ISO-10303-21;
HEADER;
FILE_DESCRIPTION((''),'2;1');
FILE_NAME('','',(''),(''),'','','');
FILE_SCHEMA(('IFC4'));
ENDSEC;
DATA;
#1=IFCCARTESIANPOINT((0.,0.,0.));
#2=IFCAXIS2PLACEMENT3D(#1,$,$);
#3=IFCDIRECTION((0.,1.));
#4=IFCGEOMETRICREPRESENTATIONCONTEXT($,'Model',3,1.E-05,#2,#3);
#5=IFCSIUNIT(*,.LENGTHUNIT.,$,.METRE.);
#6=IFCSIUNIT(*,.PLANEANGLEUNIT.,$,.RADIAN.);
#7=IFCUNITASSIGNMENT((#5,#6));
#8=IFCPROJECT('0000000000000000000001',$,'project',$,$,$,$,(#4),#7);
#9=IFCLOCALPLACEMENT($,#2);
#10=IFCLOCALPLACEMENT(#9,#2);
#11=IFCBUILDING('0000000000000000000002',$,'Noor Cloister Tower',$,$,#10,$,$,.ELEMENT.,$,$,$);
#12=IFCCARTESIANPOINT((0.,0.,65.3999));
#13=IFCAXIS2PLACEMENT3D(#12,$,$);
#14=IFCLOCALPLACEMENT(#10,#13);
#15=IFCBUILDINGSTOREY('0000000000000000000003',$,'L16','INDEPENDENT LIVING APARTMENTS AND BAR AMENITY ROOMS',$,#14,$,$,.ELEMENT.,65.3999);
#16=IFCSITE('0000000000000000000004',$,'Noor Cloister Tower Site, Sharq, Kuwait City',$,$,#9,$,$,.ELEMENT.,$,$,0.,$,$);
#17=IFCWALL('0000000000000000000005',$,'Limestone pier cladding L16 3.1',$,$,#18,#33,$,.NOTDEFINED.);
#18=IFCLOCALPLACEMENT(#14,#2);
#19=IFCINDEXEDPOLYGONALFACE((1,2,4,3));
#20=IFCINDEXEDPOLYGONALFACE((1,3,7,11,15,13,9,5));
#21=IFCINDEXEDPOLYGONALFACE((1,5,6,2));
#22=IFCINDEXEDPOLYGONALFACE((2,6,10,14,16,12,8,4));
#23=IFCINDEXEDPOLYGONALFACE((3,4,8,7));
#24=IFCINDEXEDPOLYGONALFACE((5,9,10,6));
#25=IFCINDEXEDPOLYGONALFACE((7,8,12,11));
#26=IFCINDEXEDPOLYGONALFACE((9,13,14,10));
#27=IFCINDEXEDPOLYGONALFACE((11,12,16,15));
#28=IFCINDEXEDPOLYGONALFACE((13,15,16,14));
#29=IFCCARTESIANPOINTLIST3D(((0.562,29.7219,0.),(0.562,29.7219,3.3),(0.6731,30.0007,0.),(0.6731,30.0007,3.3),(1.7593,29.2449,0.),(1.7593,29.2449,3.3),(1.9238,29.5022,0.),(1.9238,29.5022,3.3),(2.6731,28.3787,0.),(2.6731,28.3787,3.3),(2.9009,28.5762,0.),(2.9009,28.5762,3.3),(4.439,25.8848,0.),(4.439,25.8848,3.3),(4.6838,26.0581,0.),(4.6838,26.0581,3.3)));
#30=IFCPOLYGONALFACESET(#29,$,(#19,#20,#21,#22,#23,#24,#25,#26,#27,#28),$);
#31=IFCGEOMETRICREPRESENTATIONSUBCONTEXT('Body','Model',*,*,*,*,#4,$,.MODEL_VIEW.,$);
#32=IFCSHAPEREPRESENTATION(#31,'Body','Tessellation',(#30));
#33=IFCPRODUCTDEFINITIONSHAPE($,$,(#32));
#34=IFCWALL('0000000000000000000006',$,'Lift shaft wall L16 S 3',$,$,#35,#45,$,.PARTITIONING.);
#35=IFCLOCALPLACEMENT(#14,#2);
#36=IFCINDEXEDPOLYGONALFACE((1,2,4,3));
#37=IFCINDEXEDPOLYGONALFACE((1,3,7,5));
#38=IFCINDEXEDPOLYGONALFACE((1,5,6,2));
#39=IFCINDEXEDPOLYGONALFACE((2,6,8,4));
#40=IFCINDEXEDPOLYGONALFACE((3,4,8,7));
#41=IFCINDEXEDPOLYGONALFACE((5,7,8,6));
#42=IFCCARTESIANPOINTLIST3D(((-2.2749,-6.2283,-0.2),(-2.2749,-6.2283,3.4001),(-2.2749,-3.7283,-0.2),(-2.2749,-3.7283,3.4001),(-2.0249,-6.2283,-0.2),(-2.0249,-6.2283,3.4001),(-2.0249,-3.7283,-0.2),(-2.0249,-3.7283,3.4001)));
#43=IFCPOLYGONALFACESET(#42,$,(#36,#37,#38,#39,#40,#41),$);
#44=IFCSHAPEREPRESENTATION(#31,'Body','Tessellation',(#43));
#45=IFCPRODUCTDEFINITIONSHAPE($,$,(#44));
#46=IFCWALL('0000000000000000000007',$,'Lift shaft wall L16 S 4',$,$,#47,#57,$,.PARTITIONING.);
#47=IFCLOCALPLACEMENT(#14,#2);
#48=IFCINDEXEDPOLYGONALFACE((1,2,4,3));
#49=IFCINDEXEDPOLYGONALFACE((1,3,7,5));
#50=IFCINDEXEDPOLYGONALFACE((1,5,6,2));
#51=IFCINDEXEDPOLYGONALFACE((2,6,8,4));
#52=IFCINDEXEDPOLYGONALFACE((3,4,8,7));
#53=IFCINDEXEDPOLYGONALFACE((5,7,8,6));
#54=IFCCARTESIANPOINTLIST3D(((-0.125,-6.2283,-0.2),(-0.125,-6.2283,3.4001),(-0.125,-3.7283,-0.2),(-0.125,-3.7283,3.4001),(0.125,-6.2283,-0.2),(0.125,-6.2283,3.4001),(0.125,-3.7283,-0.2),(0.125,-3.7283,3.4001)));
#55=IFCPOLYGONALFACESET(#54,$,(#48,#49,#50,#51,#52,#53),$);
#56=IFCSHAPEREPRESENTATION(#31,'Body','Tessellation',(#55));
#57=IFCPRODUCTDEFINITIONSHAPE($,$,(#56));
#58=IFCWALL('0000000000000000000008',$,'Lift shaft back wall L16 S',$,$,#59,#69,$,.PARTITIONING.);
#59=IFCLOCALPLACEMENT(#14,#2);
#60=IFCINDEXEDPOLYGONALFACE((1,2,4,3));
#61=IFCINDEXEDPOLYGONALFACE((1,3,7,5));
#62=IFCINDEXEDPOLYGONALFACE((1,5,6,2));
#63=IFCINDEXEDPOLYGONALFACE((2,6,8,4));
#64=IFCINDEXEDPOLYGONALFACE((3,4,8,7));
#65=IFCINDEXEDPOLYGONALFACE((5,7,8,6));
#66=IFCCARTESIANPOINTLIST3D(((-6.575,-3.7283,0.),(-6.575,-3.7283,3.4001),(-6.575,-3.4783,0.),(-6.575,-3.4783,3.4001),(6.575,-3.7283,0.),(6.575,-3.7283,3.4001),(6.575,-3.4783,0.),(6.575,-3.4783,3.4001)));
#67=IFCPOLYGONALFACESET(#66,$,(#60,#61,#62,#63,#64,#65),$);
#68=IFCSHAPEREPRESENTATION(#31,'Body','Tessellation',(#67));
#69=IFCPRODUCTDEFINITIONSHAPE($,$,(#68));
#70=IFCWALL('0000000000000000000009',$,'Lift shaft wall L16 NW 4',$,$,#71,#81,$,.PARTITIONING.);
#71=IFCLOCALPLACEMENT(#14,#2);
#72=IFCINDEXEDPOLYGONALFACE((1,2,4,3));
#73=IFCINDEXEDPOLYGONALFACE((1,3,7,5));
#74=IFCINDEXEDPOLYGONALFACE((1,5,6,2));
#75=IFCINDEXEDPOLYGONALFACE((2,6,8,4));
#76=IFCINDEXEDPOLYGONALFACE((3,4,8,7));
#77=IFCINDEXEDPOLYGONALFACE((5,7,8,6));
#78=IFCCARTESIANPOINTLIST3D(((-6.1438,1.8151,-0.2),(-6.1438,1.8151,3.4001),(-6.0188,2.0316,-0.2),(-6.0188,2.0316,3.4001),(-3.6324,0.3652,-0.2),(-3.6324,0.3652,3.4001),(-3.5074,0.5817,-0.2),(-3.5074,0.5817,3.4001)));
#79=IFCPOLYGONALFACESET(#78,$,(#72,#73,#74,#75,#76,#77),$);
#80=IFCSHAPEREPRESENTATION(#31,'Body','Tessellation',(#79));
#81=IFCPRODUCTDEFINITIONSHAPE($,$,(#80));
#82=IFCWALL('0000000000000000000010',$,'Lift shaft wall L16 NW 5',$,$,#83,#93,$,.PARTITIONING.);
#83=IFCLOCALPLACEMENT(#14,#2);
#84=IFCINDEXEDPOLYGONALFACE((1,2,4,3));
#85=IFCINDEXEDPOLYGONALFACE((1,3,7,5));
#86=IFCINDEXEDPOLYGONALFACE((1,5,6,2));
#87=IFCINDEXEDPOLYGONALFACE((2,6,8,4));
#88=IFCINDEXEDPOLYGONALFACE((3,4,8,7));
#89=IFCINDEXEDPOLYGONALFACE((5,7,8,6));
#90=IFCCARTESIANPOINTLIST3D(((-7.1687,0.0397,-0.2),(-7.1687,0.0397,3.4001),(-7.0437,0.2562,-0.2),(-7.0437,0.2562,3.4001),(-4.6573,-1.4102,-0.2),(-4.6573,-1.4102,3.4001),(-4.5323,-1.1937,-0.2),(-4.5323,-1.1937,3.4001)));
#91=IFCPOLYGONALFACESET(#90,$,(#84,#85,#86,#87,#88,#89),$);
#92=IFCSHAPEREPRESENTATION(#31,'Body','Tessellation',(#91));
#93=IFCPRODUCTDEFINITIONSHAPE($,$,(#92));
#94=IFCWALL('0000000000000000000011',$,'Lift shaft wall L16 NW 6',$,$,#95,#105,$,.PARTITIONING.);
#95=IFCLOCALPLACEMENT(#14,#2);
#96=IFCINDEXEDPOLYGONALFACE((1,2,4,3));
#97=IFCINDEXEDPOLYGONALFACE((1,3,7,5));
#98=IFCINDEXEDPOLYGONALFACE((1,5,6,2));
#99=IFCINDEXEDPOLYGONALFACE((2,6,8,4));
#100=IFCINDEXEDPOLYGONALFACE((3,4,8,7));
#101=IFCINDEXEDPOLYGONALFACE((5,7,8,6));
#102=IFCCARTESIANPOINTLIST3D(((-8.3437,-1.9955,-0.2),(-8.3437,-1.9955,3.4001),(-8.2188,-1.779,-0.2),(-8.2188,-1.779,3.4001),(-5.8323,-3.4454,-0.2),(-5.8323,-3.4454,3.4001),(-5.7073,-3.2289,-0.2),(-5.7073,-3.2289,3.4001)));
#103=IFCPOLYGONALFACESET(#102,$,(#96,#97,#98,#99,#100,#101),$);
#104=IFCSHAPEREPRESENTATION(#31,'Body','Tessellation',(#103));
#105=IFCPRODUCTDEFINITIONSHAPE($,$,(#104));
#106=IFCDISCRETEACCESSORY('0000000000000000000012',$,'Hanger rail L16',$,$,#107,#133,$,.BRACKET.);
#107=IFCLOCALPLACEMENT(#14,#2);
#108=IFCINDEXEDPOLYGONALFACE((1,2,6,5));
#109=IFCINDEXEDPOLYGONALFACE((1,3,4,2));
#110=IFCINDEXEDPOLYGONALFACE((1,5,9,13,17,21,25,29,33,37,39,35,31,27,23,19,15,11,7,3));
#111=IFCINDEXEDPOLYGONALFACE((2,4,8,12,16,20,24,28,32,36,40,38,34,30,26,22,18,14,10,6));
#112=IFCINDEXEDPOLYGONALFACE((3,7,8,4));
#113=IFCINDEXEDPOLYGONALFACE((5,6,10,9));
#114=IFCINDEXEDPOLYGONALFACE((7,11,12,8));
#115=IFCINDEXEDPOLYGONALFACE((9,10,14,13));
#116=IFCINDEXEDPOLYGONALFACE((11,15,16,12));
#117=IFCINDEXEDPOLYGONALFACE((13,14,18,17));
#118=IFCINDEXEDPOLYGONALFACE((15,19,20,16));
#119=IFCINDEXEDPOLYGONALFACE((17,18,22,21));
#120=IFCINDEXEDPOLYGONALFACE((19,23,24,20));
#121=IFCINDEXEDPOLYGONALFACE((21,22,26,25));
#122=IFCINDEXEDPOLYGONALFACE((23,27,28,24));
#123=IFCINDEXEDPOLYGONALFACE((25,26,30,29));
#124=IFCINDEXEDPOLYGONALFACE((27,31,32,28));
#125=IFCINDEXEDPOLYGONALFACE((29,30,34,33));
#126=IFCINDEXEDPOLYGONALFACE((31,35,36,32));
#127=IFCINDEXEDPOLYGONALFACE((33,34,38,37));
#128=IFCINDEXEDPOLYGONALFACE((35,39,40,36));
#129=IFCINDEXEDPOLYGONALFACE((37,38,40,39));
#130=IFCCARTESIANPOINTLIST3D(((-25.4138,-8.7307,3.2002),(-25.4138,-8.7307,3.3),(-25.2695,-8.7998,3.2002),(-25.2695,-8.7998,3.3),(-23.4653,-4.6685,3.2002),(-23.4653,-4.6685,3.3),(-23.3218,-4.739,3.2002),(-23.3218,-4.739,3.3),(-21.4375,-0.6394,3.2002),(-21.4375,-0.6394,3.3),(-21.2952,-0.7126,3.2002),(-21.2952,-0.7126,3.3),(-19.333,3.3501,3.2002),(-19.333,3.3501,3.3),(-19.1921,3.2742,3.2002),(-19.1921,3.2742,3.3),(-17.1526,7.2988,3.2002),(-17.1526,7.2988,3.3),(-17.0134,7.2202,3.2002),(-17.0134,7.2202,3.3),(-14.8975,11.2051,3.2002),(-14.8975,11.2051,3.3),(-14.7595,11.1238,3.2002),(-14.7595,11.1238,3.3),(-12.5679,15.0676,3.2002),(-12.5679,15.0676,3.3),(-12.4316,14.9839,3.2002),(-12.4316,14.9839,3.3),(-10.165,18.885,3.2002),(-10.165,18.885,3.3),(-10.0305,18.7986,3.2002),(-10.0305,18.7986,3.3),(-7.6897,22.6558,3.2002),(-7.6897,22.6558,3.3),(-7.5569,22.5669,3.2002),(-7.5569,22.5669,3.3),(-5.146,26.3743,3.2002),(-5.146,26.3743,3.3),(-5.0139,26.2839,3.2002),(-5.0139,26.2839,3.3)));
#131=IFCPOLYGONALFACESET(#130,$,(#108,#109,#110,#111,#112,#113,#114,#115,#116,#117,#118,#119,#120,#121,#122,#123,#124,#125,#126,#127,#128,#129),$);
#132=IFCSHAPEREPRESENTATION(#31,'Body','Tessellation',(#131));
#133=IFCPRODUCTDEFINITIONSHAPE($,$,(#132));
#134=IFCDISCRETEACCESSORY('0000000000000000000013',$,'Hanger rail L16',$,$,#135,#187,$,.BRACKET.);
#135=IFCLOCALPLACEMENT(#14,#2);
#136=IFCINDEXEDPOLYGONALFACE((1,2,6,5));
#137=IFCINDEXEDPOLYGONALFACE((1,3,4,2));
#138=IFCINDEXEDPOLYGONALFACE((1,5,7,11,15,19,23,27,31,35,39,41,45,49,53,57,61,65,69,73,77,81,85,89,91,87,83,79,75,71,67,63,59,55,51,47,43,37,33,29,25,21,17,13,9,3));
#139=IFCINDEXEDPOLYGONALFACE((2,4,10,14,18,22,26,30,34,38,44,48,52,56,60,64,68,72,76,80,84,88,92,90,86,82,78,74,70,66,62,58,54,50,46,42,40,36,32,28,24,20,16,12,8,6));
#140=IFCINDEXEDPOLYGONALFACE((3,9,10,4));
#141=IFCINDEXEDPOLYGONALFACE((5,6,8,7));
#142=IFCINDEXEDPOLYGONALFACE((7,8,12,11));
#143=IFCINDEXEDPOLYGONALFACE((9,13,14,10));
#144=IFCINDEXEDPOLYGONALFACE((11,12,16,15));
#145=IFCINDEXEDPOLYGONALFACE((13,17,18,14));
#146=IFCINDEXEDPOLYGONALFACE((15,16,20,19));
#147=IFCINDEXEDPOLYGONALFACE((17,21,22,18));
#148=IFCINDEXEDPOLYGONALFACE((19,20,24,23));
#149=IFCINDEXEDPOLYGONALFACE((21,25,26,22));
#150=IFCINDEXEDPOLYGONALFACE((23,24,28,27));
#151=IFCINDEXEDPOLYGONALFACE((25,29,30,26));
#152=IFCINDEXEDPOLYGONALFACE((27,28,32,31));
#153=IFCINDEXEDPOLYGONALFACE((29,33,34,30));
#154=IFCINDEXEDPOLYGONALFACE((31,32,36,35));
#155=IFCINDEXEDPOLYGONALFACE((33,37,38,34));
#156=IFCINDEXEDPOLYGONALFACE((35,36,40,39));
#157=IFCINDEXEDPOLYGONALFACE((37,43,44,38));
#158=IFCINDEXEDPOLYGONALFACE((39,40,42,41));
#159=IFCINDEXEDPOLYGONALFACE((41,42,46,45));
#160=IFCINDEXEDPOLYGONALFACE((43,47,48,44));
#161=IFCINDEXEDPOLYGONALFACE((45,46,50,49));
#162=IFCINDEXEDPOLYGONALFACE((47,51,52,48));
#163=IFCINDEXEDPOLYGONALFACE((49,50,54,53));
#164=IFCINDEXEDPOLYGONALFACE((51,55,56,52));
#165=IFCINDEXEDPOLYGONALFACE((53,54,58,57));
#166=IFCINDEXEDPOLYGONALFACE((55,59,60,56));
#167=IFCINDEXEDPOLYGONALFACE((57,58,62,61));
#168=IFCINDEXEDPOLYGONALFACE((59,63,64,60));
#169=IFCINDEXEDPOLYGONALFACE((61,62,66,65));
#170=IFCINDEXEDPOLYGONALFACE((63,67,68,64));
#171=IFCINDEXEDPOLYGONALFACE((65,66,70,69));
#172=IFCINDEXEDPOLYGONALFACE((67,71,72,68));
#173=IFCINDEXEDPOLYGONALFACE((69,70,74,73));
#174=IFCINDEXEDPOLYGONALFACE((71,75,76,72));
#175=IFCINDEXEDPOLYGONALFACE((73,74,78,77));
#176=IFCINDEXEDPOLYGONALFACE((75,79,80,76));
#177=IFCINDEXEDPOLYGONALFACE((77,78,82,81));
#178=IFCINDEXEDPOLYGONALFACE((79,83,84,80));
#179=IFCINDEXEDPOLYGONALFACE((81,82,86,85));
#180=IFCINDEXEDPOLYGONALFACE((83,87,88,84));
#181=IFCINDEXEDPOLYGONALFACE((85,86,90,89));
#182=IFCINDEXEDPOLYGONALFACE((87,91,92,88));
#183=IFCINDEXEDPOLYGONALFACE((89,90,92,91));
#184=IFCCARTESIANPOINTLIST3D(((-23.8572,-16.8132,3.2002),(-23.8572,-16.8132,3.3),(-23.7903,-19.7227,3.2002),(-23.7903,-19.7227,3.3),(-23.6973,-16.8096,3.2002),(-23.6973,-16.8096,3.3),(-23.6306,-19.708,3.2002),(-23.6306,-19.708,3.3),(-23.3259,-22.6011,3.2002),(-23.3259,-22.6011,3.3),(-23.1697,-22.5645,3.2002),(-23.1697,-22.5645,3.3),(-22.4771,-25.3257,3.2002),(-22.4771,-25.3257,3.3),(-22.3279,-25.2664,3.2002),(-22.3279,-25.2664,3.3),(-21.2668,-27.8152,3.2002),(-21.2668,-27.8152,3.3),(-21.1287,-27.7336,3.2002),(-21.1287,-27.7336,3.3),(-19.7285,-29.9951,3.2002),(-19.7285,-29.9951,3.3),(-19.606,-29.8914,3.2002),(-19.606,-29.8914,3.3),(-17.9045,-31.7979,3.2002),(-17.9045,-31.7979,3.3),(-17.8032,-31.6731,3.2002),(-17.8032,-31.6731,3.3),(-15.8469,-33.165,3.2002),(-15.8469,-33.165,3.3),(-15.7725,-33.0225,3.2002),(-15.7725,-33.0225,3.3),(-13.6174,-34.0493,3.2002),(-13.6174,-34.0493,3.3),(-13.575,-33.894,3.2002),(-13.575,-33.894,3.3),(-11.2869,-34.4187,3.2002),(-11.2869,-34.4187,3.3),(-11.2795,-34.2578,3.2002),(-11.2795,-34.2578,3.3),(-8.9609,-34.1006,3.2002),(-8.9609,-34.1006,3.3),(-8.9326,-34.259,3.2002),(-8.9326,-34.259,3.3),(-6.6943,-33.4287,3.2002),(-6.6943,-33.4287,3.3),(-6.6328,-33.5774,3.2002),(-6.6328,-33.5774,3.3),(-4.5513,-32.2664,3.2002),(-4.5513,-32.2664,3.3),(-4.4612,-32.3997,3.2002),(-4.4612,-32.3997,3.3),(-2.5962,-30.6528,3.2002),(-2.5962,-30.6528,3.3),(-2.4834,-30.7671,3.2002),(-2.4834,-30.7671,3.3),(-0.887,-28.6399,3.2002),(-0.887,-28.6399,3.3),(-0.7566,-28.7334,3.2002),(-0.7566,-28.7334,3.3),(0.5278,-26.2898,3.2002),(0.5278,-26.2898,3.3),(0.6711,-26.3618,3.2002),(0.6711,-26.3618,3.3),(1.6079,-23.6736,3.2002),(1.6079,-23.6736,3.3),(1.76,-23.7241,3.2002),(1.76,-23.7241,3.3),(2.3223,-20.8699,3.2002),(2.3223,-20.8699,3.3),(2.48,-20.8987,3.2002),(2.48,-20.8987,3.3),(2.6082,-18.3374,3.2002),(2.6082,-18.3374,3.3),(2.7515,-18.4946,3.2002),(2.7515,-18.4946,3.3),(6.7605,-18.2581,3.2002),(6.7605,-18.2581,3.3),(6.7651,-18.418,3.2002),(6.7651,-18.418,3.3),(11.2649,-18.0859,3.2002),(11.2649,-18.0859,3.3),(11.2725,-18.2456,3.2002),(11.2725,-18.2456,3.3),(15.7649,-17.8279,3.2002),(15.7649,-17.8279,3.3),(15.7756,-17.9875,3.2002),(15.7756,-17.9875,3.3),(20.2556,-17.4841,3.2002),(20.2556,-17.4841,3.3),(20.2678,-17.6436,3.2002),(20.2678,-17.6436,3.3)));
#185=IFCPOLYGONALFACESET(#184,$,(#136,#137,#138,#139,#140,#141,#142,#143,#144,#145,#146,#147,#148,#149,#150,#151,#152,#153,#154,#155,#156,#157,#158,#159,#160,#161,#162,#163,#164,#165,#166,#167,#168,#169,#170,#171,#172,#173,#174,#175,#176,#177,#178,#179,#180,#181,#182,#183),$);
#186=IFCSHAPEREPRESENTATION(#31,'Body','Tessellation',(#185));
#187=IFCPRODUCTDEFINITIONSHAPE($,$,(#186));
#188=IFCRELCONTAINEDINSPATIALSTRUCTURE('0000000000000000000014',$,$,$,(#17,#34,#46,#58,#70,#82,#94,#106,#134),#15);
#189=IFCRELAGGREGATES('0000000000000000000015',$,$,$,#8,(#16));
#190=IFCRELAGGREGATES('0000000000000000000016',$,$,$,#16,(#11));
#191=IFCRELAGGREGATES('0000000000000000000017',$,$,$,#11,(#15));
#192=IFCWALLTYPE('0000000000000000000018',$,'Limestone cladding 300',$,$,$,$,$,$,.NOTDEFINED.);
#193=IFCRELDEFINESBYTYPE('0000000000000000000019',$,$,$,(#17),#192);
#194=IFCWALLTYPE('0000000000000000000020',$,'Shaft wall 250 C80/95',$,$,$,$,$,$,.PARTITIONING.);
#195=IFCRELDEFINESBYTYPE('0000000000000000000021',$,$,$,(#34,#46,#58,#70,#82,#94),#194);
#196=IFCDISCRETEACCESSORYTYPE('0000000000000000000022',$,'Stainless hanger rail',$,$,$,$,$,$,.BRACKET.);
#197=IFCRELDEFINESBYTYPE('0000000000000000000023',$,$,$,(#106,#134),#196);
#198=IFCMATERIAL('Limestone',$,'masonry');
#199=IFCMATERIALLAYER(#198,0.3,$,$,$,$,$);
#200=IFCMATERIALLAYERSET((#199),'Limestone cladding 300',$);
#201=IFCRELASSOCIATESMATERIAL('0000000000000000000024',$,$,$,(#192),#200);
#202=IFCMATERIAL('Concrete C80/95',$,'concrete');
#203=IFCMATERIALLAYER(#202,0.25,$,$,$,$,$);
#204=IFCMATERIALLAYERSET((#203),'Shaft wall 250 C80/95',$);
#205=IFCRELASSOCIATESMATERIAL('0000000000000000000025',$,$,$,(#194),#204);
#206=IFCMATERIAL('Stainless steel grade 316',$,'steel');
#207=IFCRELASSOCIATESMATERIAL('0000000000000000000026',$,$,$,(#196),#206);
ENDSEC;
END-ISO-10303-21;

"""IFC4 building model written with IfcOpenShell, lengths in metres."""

from ifc_helpers import new_model, si_unit, direction, frame, frame_2d, origin, place, context, subcontext, project, spatial, polyline, rectangle, outline, extrude, material, layer, layer_set, type_object, element, save


model = new_model("IFC4")

# Units and contexts
model_context = context("Model", 3, precision=1e-05, world=origin(), true_north=direction((0.0, 1.0)))
body_context = subcontext(model_context, "Body", "Model", "MODEL_VIEW")
ifc_project = project(units=[si_unit("LENGTHUNIT", "METRE"), si_unit("PLANEANGLEUNIT", "RADIAN")], contexts=[model_context])

# Site, building, storey
site_placement = place(None, origin())
site = spatial("IfcSite", under=ifc_project, at=site_placement, Name="Noor Cloister Tower Site, Sharq, Kuwait City", CompositionType="ELEMENT", RefElevation=0.0)
building_placement = place(site_placement, origin())
building = spatial("IfcBuilding", under=site, at=building_placement, Name="Noor Cloister Tower", CompositionType="ELEMENT")
storey_placement = place(building_placement, frame((0.0, 0.0, 65.3999)))
storey = spatial("IfcBuildingStorey", under=building, at=storey_placement, Name="L16", Description="INDEPENDENT LIVING APARTMENTS AND BAR AMENITY ROOMS", CompositionType="ELEMENT", Elevation=65.3999)

# Walls
ifc_material_1 = material(Name="Limestone", Category="masonry")
ifc_layer_1 = layer(ifc_material_1, 0.3)
ifc_layer_set_1 = layer_set([ifc_layer_1], Name="Limestone cladding 300")
wall_type_1 = type_object("IfcWallType", Name="Limestone cladding 300", PredefinedType="NOTDEFINED", material=ifc_layer_set_1)
wall_1_placement = place(storey_placement, origin())
element("IfcWall", 1, at=wall_1_placement, inside=storey, type_object=wall_type_1, Name="Limestone pier cladding L16 3.1", PredefinedType="NOTDEFINED", context=body_context, shape_type="SweptSolid", body=[
    extrude(outline(polyline([(4.6838, 26.0581), (2.9009, 28.5762), (1.9238, 29.5022), (0.6731, 30.0007), (0.562, 29.7219), (1.7593, 29.2449), (2.6731, 28.3787), (4.439, 25.8848), (4.6838, 26.0581)])), origin(), (0.0, 0.0, 1.0), 3.3),
])
ifc_material_2 = material(Name="Concrete C80/95", Category="concrete")
ifc_layer_2 = layer(ifc_material_2, 0.25)
ifc_layer_set_2 = layer_set([ifc_layer_2], Name="Shaft wall 250 C80/95")
wall_type_2 = type_object("IfcWallType", Name="Shaft wall 250 C80/95", PredefinedType="PARTITIONING", material=ifc_layer_set_2)
for number, where, z_axis, x_axis, name in (
    (2, (-2.1499, -6.2283, -0.2), (0.0, 0.0, 1.0), (0.0, 1.0, 0.0), "Lift shaft wall L16 S 3"),
    (3, (0.0, -6.2283, -0.2), (0.0, 0.0, 1.0), (0.0, 1.0, 0.0), "Lift shaft wall L16 S 4"),
):
    element("IfcWall", number, at=place(storey_placement, frame(where, z_axis=z_axis, x_axis=x_axis)), inside=storey, type_object=wall_type_2, Name=name, PredefinedType="PARTITIONING", context=body_context, shape_type="SweptSolid", body=[
        extrude(rectangle(XDim=2.5, YDim=0.25, at=frame_2d((1.25, 0.0))), origin(), (0.0, 0.0, 1.0), 3.6001),
    ])
wall_2_placement = place(storey_placement, frame((-6.575, -3.6033, 0.0), z_axis=(0.0, 0.0, 1.0), x_axis=(1.0, 0.0, 0.0)))
element("IfcWall", 4, at=wall_2_placement, inside=storey, type_object=wall_type_2, Name="Lift shaft back wall L16 S", PredefinedType="PARTITIONING", context=body_context, shape_type="SweptSolid", body=[
    extrude(rectangle(XDim=13.1499, YDim=0.25, at=frame_2d((6.575, 0.0))), origin(), (0.0, 0.0, 1.0), 3.4001),
])
for number, where, z_axis, x_axis, name in (
    (5, (-6.0813, 1.9233, -0.2), (0.0, 0.0, 1.0), (0.866033, -0.499987, 0.0), "Lift shaft wall L16 NW 4"),
    (6, (-7.1062, 0.1479, -0.2), (0.0, 0.0, 1.0), (0.866033, -0.499987, 0.0), "Lift shaft wall L16 NW 5"),
    (7, (-8.2812, -1.8872, -0.2), (0.0, 0.0, 1.0), (0.866033, -0.499987, 0.0), "Lift shaft wall L16 NW 6"),
):
    element("IfcWall", number, at=place(storey_placement, frame(where, z_axis=z_axis, x_axis=x_axis)), inside=storey, type_object=wall_type_2, Name=name, PredefinedType="PARTITIONING", context=body_context, shape_type="SweptSolid", body=[
        extrude(rectangle(XDim=2.8999, YDim=0.25, at=frame_2d((1.45, 0.0))), origin(), (0.0, 0.0, 1.0), 3.6001),
    ])

# Discrete accessories
ifc_material_3 = material(Name="Stainless steel grade 316", Category="steel")
discrete_accessory_type = type_object("IfcDiscreteAccessoryType", Name="Stainless hanger rail", PredefinedType="BRACKET", material=ifc_material_3)
discrete_accessory_1_placement = place(storey_placement, frame((0.0, 0.0, 3.2002)))
element("IfcDiscreteAccessory", 8, at=discrete_accessory_1_placement, inside=storey, type_object=discrete_accessory_type, Name="Hanger rail L16", PredefinedType="BRACKET", context=body_context, shape_type="SweptSolid", body=[
    extrude(outline(polyline([(-5.146, 26.3743), (-7.6897, 22.6558), (-10.165, 18.885), (-12.5679, 15.0676), (-14.8975, 11.2051), (-17.1526, 7.2988), (-19.333, 3.3501), (-21.4375, -0.6394), (-23.4653, -4.6685), (-25.4138, -8.7307), (-25.2695, -8.7998), (-23.3218, -4.739), (-21.2952, -0.7126), (-19.1921, 3.2742), (-17.0134, 7.2202), (-14.7595, 11.1238), (-12.4316, 14.9839), (-10.0305, 18.7986), (-7.5569, 22.5669), (-5.0139, 26.2839), (-5.146, 26.3743)])), origin(), (0.0, 0.0, 1.0), 0.0999),
])
discrete_accessory_2_placement = place(storey_placement, frame((0.0, 0.0, 3.2002)))
element("IfcDiscreteAccessory", 9, at=discrete_accessory_2_placement, inside=storey, type_object=discrete_accessory_type, Name="Hanger rail L16", PredefinedType="BRACKET", context=body_context, shape_type="SweptSolid", body=[
    extrude(outline(polyline([(-23.8572, -16.8132), (-23.7903, -19.7227), (-23.3259, -22.6011), (-22.4771, -25.3257), (-21.2668, -27.8152), (-19.7285, -29.9951), (-17.9045, -31.7979), (-15.8469, -33.165), (-13.6174, -34.0493), (-11.2869, -34.4187), (-8.9326, -34.259), (-6.6328, -33.5774), (-4.4612, -32.3997), (-2.4834, -30.7671), (-0.7566, -28.7334), (0.6711, -26.3618), (1.76, -23.7241), (2.48, -20.8987), (2.7515, -18.4946), (6.7651, -18.418), (11.2725, -18.2456), (15.7756, -17.9875), (20.2678, -17.6436), (20.2556, -17.4841), (15.7649, -17.8279), (11.2649, -18.0859), (6.7605, -18.2581), (2.6082, -18.3374), (2.3223, -20.8699), (1.6079, -23.6736), (0.5278, -26.2898), (-0.887, -28.6399), (-2.5962, -30.6528), (-4.5513, -32.2664), (-6.6943, -33.4287), (-8.9609, -34.1006), (-11.2795, -34.2578), (-13.575, -33.894), (-15.7725, -33.0225), (-17.8032, -31.6731), (-19.606, -29.8914), (-21.1287, -27.7336), (-22.3279, -25.2664), (-23.1697, -22.5645), (-23.6306, -19.708), (-23.6973, -16.8096), (-23.8572, -16.8132)])), origin(), (0.0, 0.0, 1.0), 0.0999),
])

save(model, "model.ifc")
